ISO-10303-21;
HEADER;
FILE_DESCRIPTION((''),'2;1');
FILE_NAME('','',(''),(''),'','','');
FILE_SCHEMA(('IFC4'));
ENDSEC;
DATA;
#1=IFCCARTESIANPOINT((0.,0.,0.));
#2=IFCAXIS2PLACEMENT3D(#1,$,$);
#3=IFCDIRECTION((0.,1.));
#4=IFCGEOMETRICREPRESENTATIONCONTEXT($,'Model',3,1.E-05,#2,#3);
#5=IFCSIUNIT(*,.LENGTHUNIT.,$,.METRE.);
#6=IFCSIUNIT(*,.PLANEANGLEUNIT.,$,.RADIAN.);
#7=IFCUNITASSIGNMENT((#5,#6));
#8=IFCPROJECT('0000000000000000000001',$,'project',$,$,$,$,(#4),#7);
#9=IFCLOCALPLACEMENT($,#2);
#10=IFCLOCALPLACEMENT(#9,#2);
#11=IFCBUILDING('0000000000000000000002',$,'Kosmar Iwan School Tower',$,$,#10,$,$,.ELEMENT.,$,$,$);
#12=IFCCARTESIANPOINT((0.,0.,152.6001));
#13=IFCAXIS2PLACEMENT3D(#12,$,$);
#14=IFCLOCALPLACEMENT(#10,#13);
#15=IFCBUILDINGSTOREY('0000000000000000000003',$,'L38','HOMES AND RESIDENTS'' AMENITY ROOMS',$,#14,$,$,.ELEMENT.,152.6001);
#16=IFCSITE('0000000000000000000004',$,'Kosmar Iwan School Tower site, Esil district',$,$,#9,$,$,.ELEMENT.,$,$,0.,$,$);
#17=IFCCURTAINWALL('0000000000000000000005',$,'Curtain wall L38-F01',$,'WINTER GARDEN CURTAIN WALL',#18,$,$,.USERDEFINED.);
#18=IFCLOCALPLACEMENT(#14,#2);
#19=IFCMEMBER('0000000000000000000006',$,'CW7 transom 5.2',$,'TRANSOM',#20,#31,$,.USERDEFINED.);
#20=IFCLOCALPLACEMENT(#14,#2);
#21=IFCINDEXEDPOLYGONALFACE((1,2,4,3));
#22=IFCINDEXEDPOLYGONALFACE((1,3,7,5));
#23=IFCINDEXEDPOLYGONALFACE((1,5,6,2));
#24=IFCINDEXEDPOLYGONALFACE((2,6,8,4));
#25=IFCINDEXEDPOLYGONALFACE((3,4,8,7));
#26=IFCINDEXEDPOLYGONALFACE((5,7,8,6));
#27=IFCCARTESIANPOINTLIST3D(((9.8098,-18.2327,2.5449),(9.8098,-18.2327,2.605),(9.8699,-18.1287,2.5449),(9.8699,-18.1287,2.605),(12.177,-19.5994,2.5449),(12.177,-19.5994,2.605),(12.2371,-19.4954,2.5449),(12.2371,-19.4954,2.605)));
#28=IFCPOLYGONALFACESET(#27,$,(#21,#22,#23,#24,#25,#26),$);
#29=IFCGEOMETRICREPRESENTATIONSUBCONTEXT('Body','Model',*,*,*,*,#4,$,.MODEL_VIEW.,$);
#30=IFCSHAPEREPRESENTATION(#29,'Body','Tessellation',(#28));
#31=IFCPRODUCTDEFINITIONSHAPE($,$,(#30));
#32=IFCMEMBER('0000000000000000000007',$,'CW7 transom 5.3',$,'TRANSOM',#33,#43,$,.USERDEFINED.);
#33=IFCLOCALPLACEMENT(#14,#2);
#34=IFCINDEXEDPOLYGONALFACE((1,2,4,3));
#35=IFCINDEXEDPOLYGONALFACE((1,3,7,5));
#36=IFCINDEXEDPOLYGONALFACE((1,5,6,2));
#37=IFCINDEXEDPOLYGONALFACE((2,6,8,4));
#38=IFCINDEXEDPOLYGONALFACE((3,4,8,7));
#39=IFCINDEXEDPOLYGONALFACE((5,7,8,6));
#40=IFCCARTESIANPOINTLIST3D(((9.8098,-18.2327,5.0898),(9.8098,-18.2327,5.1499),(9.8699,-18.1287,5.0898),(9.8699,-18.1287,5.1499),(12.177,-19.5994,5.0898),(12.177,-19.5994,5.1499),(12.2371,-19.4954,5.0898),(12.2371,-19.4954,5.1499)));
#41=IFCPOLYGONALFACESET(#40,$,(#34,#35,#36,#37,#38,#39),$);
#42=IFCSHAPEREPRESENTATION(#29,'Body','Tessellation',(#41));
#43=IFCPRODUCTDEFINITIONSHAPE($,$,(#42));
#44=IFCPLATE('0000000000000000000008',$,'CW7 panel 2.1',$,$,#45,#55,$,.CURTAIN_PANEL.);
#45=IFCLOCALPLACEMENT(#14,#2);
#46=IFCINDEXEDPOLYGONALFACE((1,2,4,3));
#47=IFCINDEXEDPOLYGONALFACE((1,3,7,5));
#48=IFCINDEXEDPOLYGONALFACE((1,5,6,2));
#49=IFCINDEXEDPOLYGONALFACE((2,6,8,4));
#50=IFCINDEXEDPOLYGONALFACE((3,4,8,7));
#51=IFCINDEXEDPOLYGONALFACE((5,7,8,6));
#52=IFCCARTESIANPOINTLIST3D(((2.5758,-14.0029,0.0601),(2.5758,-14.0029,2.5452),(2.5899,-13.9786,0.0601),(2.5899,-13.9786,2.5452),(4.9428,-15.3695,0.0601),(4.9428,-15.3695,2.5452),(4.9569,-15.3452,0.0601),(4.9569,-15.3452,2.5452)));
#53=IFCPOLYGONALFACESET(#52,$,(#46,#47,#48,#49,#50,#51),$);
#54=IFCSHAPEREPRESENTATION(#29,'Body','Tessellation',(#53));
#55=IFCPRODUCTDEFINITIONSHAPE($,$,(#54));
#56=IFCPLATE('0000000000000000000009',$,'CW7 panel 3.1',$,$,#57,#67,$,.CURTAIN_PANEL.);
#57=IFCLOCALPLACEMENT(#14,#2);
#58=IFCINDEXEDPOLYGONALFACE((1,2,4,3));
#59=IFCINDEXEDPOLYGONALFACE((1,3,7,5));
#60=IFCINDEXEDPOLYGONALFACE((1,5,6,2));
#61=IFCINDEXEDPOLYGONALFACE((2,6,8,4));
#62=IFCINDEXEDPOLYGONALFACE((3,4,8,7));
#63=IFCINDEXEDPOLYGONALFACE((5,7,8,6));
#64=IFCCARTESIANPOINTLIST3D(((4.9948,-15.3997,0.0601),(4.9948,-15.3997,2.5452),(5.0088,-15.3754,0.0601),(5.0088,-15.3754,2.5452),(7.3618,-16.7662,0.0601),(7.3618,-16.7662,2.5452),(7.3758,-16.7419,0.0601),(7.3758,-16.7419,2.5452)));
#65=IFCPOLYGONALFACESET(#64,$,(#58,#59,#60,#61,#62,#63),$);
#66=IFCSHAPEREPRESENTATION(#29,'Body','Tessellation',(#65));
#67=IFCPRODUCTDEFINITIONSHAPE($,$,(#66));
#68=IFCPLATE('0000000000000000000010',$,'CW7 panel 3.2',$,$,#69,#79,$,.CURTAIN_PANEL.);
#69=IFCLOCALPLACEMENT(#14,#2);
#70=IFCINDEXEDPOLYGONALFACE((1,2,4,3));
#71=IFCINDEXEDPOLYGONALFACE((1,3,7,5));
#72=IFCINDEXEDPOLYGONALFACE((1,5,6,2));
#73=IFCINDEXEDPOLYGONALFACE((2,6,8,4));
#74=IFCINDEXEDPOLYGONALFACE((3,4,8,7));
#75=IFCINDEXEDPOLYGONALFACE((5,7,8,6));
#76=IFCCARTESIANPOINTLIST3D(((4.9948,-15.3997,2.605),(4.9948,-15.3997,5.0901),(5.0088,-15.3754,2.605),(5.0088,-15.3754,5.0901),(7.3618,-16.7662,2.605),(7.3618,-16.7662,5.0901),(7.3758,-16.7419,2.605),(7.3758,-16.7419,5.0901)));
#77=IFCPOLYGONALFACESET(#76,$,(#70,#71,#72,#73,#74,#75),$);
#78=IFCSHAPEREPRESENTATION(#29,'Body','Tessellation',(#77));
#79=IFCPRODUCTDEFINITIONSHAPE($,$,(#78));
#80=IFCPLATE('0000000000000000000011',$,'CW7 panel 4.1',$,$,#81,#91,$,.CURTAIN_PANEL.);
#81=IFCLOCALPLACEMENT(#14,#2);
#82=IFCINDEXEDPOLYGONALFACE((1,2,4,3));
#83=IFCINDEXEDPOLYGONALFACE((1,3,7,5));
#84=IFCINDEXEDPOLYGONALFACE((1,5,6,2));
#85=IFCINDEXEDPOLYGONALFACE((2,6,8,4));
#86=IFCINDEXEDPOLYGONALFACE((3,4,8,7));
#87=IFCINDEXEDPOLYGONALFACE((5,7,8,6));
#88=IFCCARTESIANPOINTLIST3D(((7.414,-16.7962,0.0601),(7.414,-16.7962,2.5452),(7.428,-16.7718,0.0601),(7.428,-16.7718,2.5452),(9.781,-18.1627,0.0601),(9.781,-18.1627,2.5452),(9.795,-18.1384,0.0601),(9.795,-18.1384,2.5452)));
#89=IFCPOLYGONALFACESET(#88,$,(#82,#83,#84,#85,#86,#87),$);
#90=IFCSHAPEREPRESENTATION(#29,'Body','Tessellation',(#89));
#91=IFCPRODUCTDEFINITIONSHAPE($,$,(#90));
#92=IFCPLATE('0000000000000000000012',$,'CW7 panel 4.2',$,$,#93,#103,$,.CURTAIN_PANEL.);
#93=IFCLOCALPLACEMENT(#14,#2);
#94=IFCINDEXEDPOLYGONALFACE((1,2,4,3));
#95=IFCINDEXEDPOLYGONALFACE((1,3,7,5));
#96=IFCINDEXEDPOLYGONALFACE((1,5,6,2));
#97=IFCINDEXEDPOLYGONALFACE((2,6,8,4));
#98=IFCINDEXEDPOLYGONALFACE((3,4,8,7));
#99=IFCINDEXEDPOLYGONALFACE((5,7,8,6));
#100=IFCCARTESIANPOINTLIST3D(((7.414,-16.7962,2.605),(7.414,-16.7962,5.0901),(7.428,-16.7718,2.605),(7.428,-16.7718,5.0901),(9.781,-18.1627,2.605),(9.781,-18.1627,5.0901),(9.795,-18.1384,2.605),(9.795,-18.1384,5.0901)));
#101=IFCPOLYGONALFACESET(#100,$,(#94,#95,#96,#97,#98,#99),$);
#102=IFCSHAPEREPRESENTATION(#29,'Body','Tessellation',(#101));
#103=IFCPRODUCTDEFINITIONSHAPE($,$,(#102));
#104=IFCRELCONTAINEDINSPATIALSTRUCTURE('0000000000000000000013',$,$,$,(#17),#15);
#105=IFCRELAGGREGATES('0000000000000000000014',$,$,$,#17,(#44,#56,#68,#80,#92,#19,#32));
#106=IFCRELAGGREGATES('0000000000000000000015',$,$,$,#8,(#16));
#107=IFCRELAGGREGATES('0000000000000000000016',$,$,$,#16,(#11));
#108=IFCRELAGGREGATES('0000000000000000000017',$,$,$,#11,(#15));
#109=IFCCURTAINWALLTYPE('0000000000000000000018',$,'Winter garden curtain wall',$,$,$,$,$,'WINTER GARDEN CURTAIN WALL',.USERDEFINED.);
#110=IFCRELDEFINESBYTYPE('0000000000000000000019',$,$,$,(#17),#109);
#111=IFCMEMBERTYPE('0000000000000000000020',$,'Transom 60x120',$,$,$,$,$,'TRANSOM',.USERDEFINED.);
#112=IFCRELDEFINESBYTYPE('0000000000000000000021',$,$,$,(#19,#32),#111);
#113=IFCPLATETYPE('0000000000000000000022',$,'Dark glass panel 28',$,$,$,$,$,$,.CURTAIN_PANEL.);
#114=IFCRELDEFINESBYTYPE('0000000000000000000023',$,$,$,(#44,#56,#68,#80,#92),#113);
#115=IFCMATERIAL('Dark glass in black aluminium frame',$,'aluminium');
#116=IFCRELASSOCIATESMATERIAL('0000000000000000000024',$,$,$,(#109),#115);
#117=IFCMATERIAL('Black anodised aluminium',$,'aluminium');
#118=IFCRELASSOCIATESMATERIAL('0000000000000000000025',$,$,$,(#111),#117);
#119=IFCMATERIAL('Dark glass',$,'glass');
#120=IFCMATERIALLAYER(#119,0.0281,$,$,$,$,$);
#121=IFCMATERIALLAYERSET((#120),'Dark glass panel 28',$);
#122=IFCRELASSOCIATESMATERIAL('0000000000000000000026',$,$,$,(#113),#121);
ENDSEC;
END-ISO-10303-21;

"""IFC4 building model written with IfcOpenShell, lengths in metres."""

from ifc_helpers import new_model, si_unit, direction, frame, origin, origin_2d, place, context, subcontext, project, spatial, rectangle, extrude, material, layer, layer_set, material_profile, profile_set, type_object, element, aggregate, save


model = new_model("IFC4")

# Units and contexts
model_context = context("Model", 3, precision=1e-05, world=origin(), true_north=direction((0.0, 1.0)))
body_context = subcontext(model_context, "Body", "Model", "MODEL_VIEW")
ifc_project = project(units=[si_unit("LENGTHUNIT", "METRE"), si_unit("PLANEANGLEUNIT", "RADIAN")], contexts=[model_context])

# Site, building, storey
site_placement = place(None, origin())
site = spatial("IfcSite", under=ifc_project, at=site_placement, Name="Kosmar Iwan School Tower site, Esil district", CompositionType="ELEMENT", RefElevation=0.0)
building_placement = place(site_placement, origin())
building = spatial("IfcBuilding", under=site, at=building_placement, Name="Kosmar Iwan School Tower", CompositionType="ELEMENT")
storey_placement = place(building_placement, frame((0.0, 0.0, 152.6001)))
storey = spatial("IfcBuildingStorey", under=building, at=storey_placement, Name="L38", Description="HOMES AND RESIDENTS' AMENITY ROOMS", CompositionType="ELEMENT", Elevation=152.6001)

# Curtain wall
ifc_material_1 = material(Name="Dark glass in black aluminium frame", Category="aluminium")
curtain_wall_type = type_object("IfcCurtainWallType", Name="Winter garden curtain wall", ElementType="WINTER GARDEN CURTAIN WALL", PredefinedType="USERDEFINED", material=ifc_material_1)
curtain_wall_placement = place(storey_placement, origin())
curtain_wall = element("IfcCurtainWall", 1, at=curtain_wall_placement, inside=storey, type_object=curtain_wall_type, Name="Curtain wall L38-F01", ObjectType="WINTER GARDEN CURTAIN WALL", PredefinedType="USERDEFINED")

# Members
ifc_material_2 = material(Name="Black anodised aluminium", Category="aluminium")
ifc_material_profile_1 = material_profile(ifc_material_2, rectangle(XDim=0.1201, YDim=0.0601, at=origin_2d()), Name="TRANSOM 60x120")
ifc_profile_set_1 = profile_set([ifc_material_profile_1], Name="Black anodised aluminium")
member_type_1 = type_object("IfcMemberType", Name="Transom 60x120", ElementType="TRANSOM", PredefinedType="USERDEFINED", material=ifc_profile_set_1)
member_1_placement = place(storey_placement, frame((9.8398, -18.1807, 2.575), z_axis=(0.866025, -0.500001, 0.0), x_axis=(0.500001, 0.866025, 0.0)))
member_1 = element("IfcMember", 2, at=member_1_placement, type_object=member_type_1, Name="CW7 transom 5.2", ObjectType="TRANSOM", PredefinedType="USERDEFINED", context=body_context, shape_type="SweptSolid", body=[
    extrude(rectangle(XDim=0.1201, YDim=0.0601, at=origin_2d()), origin(), (0.0, 0.0, 1.0), 2.7334),
])
member_2_placement = place(storey_placement, frame((9.8398, -18.1807, 5.1199), z_axis=(0.866025, -0.500001, 0.0), x_axis=(0.500001, 0.866025, 0.0)))
member_2 = element("IfcMember", 3, at=member_2_placement, type_object=member_type_1, Name="CW7 transom 5.3", ObjectType="TRANSOM", PredefinedType="USERDEFINED", context=body_context, shape_type="SweptSolid", body=[
    extrude(rectangle(XDim=0.1201, YDim=0.0601, at=origin_2d()), origin(), (0.0, 0.0, 1.0), 2.7334),
])

# Plates
ifc_material_3 = material(Name="Dark glass", Category="glass")
ifc_layer = layer(ifc_material_3, 0.0281)
ifc_layer_set = layer_set([ifc_layer], Name="Dark glass panel 28")
plate_type = type_object("IfcPlateType", Name="Dark glass panel 28", PredefinedType="CURTAIN_PANEL", material=ifc_layer_set)
plate_1_placement = place(storey_placement, frame((3.7664, -14.6741, 0.0601), z_axis=(0.0, 0.0, 1.0), x_axis=(0.866025, -0.5, 0.0)))
plate_1 = element("IfcPlate", 4, at=plate_1_placement, type_object=plate_type, Name="CW7 panel 2.1", PredefinedType="CURTAIN_PANEL", context=body_context, shape_type="SweptSolid", body=[
    extrude(rectangle(XDim=2.7332, YDim=0.0281, at=origin_2d()), origin(), (0.0, 0.0, 1.0), 2.4851),
])
plate_2_placement = place(storey_placement, frame((6.1853, -16.0708, 0.0601), z_axis=(0.0, 0.0, 1.0), x_axis=(0.866025, -0.5, 0.0)))
plate_2 = element("IfcPlate", 5, at=plate_2_placement, type_object=plate_type, Name="CW7 panel 3.1", PredefinedType="CURTAIN_PANEL", context=body_context, shape_type="SweptSolid", body=[
    extrude(rectangle(XDim=2.7332, YDim=0.0281, at=origin_2d()), origin(), (0.0, 0.0, 1.0), 2.4851),
])
plate_3_placement = place(storey_placement, frame((6.1853, -16.0708, 2.605), z_axis=(0.0, 0.0, 1.0), x_axis=(0.866025, -0.5, 0.0)))
plate_3 = element("IfcPlate", 6, at=plate_3_placement, type_object=plate_type, Name="CW7 panel 3.2", PredefinedType="CURTAIN_PANEL", context=body_context, shape_type="SweptSolid", body=[
    extrude(rectangle(XDim=2.7332, YDim=0.0281, at=origin_2d()), origin(), (0.0, 0.0, 1.0), 2.4851),
])
plate_4_placement = place(storey_placement, frame((8.6045, -17.4673, 0.0601), z_axis=(0.0, 0.0, 1.0), x_axis=(0.866025, -0.5, 0.0)))
plate_4 = element("IfcPlate", 7, at=plate_4_placement, type_object=plate_type, Name="CW7 panel 4.1", PredefinedType="CURTAIN_PANEL", context=body_context, shape_type="SweptSolid", body=[
    extrude(rectangle(XDim=2.7332, YDim=0.0281, at=origin_2d()), origin(), (0.0, 0.0, 1.0), 2.4851),
])
plate_5_placement = place(storey_placement, frame((8.6045, -17.4673, 2.605), z_axis=(0.0, 0.0, 1.0), x_axis=(0.866025, -0.5, 0.0)))
plate_5 = element("IfcPlate", 8, at=plate_5_placement, type_object=plate_type, Name="CW7 panel 4.2", PredefinedType="CURTAIN_PANEL", context=body_context, shape_type="SweptSolid", body=[
    extrude(rectangle(XDim=2.7332, YDim=0.0281, at=origin_2d()), origin(), (0.0, 0.0, 1.0), 2.4851),
])
aggregate(curtain_wall, [plate_1, plate_2, plate_3, plate_4, plate_5, member_1, member_2])

save(model, "model.ifc")
